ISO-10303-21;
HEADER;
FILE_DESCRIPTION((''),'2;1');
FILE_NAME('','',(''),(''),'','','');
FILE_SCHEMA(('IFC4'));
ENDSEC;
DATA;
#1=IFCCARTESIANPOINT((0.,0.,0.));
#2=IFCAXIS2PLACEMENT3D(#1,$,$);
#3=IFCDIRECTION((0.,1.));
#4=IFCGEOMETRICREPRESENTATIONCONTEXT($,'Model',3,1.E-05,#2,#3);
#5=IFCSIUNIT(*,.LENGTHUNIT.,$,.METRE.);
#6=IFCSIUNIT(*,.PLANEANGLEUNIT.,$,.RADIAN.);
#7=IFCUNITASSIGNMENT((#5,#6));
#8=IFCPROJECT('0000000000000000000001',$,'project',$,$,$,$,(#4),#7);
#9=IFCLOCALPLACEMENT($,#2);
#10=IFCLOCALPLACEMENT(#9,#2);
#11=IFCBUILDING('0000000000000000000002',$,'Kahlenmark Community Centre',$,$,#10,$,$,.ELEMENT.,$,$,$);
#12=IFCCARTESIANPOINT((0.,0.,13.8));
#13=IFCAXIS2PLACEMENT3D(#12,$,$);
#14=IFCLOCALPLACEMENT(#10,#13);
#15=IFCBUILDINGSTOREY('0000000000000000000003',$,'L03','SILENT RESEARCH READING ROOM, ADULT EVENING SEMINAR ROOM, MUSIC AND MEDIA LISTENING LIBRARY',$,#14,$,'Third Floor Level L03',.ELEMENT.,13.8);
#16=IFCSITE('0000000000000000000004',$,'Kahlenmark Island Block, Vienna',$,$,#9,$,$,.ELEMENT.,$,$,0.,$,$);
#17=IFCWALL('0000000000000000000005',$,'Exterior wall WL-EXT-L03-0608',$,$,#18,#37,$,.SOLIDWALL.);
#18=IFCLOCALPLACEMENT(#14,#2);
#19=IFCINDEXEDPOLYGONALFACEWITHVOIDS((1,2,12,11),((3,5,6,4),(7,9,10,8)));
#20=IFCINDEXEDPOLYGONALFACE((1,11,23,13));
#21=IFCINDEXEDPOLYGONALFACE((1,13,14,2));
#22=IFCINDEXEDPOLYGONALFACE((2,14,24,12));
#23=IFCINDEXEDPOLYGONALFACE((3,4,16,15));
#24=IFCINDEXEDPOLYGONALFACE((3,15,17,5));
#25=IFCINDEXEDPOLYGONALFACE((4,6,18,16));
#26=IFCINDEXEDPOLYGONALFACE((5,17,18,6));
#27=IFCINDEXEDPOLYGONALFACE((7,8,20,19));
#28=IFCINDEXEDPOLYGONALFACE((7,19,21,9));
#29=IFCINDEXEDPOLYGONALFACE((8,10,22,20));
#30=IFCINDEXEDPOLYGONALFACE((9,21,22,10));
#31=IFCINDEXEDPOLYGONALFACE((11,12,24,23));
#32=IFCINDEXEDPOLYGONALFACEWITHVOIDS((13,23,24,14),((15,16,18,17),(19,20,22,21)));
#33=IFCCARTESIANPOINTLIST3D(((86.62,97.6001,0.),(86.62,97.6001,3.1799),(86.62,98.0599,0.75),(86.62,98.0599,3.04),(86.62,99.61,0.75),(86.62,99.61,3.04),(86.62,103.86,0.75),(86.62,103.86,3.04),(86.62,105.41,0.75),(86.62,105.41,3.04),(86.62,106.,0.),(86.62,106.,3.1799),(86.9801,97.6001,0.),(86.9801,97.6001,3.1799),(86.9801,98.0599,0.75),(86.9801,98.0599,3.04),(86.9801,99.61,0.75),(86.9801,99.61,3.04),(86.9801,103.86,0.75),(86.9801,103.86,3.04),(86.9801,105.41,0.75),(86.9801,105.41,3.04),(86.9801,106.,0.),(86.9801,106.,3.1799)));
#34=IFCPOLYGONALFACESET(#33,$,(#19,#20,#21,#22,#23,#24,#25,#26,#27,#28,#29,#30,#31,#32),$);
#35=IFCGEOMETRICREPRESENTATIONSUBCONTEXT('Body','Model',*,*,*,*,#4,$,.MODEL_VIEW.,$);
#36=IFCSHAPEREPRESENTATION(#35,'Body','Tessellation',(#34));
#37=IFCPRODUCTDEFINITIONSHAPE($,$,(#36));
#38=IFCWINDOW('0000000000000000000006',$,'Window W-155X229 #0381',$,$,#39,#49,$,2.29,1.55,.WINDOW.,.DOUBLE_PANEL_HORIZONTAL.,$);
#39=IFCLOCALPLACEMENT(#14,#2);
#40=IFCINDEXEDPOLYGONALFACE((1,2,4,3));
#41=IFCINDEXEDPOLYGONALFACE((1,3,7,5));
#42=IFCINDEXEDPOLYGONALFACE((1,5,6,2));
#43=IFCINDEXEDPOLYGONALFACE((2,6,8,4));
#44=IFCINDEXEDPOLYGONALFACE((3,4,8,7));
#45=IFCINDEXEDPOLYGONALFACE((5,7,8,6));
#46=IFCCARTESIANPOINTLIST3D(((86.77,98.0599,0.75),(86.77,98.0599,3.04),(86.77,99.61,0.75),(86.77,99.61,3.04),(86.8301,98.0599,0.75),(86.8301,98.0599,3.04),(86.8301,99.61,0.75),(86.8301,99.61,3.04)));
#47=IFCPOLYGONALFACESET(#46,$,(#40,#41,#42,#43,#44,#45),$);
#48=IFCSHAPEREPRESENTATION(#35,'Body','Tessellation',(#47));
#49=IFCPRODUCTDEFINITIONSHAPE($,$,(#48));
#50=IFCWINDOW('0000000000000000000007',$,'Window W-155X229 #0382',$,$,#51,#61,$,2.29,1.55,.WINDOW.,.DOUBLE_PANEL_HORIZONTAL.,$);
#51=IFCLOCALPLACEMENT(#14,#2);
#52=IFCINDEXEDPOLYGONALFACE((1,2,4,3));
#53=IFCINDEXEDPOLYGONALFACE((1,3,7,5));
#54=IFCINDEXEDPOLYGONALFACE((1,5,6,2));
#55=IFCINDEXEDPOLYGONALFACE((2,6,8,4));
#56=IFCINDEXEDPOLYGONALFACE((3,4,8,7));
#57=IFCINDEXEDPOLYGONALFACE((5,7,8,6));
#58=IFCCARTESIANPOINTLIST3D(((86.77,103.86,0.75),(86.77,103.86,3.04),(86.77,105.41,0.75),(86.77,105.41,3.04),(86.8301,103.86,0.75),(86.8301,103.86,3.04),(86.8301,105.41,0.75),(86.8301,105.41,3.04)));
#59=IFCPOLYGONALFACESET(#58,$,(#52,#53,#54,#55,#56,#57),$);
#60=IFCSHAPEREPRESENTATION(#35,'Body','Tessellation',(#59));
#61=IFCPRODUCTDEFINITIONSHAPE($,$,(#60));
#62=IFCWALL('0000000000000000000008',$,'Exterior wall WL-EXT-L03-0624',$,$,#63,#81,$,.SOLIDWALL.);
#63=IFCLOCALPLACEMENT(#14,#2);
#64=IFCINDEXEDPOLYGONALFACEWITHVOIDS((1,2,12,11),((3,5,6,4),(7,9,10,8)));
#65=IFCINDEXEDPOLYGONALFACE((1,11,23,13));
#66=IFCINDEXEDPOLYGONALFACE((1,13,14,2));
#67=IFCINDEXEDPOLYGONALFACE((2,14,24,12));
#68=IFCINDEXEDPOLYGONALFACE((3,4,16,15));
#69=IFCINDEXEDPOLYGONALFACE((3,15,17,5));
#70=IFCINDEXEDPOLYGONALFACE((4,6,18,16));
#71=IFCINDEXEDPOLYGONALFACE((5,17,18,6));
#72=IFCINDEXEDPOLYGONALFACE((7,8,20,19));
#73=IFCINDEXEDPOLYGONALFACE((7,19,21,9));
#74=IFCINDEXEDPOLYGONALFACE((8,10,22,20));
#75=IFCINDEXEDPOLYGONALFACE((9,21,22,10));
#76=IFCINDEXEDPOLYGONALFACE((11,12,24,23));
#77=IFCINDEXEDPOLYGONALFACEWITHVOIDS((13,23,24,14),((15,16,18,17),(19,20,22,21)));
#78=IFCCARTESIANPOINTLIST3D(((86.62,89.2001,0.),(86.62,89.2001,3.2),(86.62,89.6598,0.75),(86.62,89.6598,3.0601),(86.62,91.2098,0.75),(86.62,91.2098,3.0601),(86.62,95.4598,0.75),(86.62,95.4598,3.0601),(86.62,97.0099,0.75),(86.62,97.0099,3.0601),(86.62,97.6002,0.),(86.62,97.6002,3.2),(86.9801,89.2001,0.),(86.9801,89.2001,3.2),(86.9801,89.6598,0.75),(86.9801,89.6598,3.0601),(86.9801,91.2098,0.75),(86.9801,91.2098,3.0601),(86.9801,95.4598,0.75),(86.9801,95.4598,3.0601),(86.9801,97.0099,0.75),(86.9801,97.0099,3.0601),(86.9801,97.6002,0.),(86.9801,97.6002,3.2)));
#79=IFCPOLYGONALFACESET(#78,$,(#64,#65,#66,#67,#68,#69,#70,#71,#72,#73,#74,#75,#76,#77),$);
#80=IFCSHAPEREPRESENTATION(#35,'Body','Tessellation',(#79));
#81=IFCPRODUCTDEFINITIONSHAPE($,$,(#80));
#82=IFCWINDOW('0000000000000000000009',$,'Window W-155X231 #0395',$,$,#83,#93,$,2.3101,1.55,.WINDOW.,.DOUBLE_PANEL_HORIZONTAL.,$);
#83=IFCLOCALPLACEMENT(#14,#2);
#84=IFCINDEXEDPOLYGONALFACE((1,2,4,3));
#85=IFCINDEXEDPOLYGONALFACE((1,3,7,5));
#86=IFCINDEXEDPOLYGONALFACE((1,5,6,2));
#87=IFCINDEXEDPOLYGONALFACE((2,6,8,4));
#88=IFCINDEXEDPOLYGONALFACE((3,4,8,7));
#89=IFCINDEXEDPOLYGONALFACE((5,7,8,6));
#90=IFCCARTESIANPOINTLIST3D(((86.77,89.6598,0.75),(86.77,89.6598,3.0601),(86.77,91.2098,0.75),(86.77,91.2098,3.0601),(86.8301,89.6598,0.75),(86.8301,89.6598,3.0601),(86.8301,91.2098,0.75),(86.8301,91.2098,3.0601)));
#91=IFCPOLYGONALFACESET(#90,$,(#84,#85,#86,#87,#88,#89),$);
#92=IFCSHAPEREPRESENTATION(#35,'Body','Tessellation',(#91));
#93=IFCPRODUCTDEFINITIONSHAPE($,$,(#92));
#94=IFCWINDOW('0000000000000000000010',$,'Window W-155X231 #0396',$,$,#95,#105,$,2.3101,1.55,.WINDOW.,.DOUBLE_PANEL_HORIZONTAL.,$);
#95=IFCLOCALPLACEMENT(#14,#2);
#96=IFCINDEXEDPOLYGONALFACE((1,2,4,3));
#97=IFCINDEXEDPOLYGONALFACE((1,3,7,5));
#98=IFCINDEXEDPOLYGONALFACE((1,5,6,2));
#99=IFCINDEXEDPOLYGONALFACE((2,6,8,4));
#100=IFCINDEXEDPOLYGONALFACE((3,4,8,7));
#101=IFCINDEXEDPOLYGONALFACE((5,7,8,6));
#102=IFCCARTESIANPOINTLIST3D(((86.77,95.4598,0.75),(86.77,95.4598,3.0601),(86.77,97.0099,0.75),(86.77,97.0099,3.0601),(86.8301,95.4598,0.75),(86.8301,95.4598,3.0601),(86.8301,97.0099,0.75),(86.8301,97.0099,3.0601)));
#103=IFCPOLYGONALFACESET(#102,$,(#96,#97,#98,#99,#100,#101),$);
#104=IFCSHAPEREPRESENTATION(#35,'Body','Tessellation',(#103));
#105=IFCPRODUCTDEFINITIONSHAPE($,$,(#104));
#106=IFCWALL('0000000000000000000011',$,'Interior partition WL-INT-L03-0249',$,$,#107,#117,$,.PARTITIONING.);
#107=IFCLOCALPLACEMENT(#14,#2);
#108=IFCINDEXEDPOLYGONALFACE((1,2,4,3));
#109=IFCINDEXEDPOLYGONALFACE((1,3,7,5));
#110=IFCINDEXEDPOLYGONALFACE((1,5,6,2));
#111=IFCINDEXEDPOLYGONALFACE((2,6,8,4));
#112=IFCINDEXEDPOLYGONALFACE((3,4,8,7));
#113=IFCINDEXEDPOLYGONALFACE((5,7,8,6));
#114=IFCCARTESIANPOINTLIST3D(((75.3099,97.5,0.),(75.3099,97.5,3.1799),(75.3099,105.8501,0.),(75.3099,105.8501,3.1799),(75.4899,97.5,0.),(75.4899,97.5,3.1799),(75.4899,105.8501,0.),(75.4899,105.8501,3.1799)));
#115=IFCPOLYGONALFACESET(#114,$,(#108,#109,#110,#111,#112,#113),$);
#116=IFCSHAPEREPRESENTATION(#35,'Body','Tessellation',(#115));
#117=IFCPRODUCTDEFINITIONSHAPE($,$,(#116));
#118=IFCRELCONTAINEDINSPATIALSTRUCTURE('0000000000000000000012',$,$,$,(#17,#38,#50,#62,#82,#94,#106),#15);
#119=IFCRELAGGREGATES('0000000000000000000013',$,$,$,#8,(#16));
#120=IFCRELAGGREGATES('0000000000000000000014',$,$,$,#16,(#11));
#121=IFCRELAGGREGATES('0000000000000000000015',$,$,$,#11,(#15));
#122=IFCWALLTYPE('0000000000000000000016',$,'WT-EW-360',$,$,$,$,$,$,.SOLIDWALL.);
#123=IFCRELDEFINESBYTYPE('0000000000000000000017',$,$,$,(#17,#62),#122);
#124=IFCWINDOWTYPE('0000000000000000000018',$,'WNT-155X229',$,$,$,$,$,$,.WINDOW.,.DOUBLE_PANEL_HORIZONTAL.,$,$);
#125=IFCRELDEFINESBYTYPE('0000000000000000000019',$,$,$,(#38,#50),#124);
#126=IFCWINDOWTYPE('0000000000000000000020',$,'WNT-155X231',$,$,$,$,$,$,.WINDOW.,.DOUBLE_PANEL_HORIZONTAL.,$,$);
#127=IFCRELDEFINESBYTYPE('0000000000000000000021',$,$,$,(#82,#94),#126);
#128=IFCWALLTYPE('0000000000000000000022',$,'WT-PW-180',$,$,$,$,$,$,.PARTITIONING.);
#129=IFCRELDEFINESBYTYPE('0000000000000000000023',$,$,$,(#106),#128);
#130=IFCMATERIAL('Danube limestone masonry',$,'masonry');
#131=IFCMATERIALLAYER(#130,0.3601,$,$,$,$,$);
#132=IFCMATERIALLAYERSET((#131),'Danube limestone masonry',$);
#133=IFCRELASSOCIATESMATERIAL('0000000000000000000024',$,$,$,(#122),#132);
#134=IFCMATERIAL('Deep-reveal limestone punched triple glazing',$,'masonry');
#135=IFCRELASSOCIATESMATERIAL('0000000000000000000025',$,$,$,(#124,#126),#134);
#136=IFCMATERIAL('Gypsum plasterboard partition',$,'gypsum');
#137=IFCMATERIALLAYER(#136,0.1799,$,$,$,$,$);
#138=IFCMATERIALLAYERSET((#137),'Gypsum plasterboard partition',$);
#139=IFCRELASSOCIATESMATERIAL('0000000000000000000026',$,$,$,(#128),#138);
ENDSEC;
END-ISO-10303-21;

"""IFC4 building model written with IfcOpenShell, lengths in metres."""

from ifc_helpers import new_model, si_unit, direction, frame, frame_2d, origin, place, context, subcontext, project, spatial, rectangle, extrude, material, layer, layer_set, type_object, element, fill, save


model = new_model("IFC4")

# Units and contexts
model_context = context("Model", 3, precision=1e-05, world=origin(), true_north=direction((0.0, 1.0)))
body_context = subcontext(model_context, "Body", "Model", "MODEL_VIEW")
ifc_project = project(units=[si_unit("LENGTHUNIT", "METRE"), si_unit("PLANEANGLEUNIT", "RADIAN")], contexts=[model_context])

# Site, building, storey
site_placement = place(None, origin())
site = spatial("IfcSite", under=ifc_project, at=site_placement, Name="Kahlenmark Island Block, Vienna", CompositionType="ELEMENT", RefElevation=0.0)
building_placement = place(site_placement, origin())
building = spatial("IfcBuilding", under=site, at=building_placement, Name="Kahlenmark Community Centre", CompositionType="ELEMENT")
storey_placement = place(building_placement, frame((0.0, 0.0, 13.8)))
storey = spatial("IfcBuildingStorey", under=building, at=storey_placement, Name="L03", Description="SILENT RESEARCH READING ROOM, ADULT EVENING SEMINAR ROOM, MUSIC AND MEDIA LISTENING LIBRARY", LongName="Third Floor Level L03", CompositionType="ELEMENT", Elevation=13.8)

# Walls, openings, windows
ifc_material_1 = material(Name="Danube limestone masonry", Category="masonry")
ifc_layer_1 = layer(ifc_material_1, 0.3601)
ifc_layer_set_1 = layer_set([ifc_layer_1], Name="Danube limestone masonry")
wall_type_1 = type_object("IfcWallType", Name="WT-EW-360", PredefinedType="SOLIDWALL", material=ifc_layer_set_1)
wall_1_placement = place(storey_placement, frame((86.8, 97.6001, 0.0), z_axis=(0.0, 0.0, 1.0), x_axis=(0.0, 1.0, 0.0)))
wall_1 = element("IfcWall", 1, at=wall_1_placement, inside=storey, type_object=wall_type_1, Name="Exterior wall WL-EXT-L03-0608", PredefinedType="SOLIDWALL", context=body_context, shape_type="SweptSolid", body=[
    extrude(rectangle(XDim=8.3999, YDim=0.3601, at=frame_2d((4.2, 0.0))), origin(), (0.0, 0.0, 1.0), 3.1799),
])
opening_1_placement = place(wall_1_placement, frame((0.46, 0.0, 0.75)))
opening_1 = element("IfcOpeningElement", 2, at=opening_1_placement, cuts=wall_1, PredefinedType="OPENING", context=body_context, shape_type="SweptSolid", body=[
    extrude(rectangle(XDim=1.55, YDim=2.29, at=frame_2d((0.7749, 1.145))), frame((0.0, 0.1899, 0.0), z_axis=(0.0, -1.0, 0.0), x_axis=(1.0, 0.0, 0.0)), (0.0, 0.0, 1.0), 0.3801),
])
opening_2_placement = place(wall_1_placement, frame((6.26, 0.0, 0.75)))
opening_2 = element("IfcOpeningElement", 3, at=opening_2_placement, cuts=wall_1, PredefinedType="OPENING", context=body_context, shape_type="SweptSolid", body=[
    extrude(rectangle(XDim=1.55, YDim=2.29, at=frame_2d((0.7749, 1.145))), frame((0.0, 0.1899, 0.0), z_axis=(0.0, -1.0, 0.0), x_axis=(1.0, 0.0, 0.0)), (0.0, 0.0, 1.0), 0.3801),
])
ifc_material_2 = material(Name="Deep-reveal limestone punched triple glazing", Category="masonry")
window_type_1 = type_object("IfcWindowType", Name="WNT-155X229", PartitioningType="DOUBLE_PANEL_HORIZONTAL", PredefinedType="WINDOW", material=ifc_material_2)
window_1_placement = place(opening_1_placement, origin())
window_1 = element("IfcWindow", 4, at=window_1_placement, inside=storey, type_object=window_type_1, Name="Window W-155X229 #0381", OverallHeight=2.29, OverallWidth=1.55, PartitioningType="DOUBLE_PANEL_HORIZONTAL", PredefinedType="WINDOW", context=body_context, shape_type="SweptSolid", body=[
    extrude(rectangle(XDim=1.55, YDim=2.29, at=frame_2d((0.7749, 1.145))), frame((0.0, 0.03, 0.0), z_axis=(0.0, -1.0, 0.0), x_axis=(1.0, 0.0, 0.0)), (0.0, 0.0, 1.0), 0.0601),
])
fill(opening_1, window_1)
window_2_placement = place(opening_2_placement, origin())
window_2 = element("IfcWindow", 5, at=window_2_placement, inside=storey, type_object=window_type_1, Name="Window W-155X229 #0382", OverallHeight=2.29, OverallWidth=1.55, PartitioningType="DOUBLE_PANEL_HORIZONTAL", PredefinedType="WINDOW", context=body_context, shape_type="SweptSolid", body=[
    extrude(rectangle(XDim=1.55, YDim=2.29, at=frame_2d((0.7749, 1.145))), frame((0.0, 0.03, 0.0), z_axis=(0.0, -1.0, 0.0), x_axis=(1.0, 0.0, 0.0)), (0.0, 0.0, 1.0), 0.0601),
])
fill(opening_2, window_2)
wall_2_placement = place(storey_placement, frame((86.8, 89.2, 0.0), z_axis=(0.0, 0.0, 1.0), x_axis=(0.0, 1.0, 0.0)))
wall_2 = element("IfcWall", 6, at=wall_2_placement, inside=storey, type_object=wall_type_1, Name="Exterior wall WL-EXT-L03-0624", PredefinedType="SOLIDWALL", context=body_context, shape_type="SweptSolid", body=[
    extrude(rectangle(XDim=8.4001, YDim=0.3601, at=frame_2d((4.2002, 0.0))), origin(), (0.0, 0.0, 1.0), 3.2),
])
opening_3_placement = place(wall_2_placement, frame((0.46, 0.0, 0.75)))
opening_3 = element("IfcOpeningElement", 7, at=opening_3_placement, cuts=wall_2, PredefinedType="OPENING", context=body_context, shape_type="SweptSolid", body=[
    extrude(rectangle(XDim=1.55, YDim=2.3101, at=frame_2d((0.7749, 1.155))), frame((0.0, 0.1899, 0.0), z_axis=(0.0, -1.0, 0.0), x_axis=(1.0, 0.0, 0.0)), (0.0, 0.0, 1.0), 0.3801),
])
opening_4_placement = place(wall_2_placement, frame((6.26, 0.0, 0.75)))
opening_4 = element("IfcOpeningElement", 8, at=opening_4_placement, cuts=wall_2, PredefinedType="OPENING", context=body_context, shape_type="SweptSolid", body=[
    extrude(rectangle(XDim=1.55, YDim=2.3101, at=frame_2d((0.7749, 1.155))), frame((0.0, 0.1899, 0.0), z_axis=(0.0, -1.0, 0.0), x_axis=(1.0, 0.0, 0.0)), (0.0, 0.0, 1.0), 0.3801),
])
window_type_2 = type_object("IfcWindowType", Name="WNT-155X231", PartitioningType="DOUBLE_PANEL_HORIZONTAL", PredefinedType="WINDOW", material=ifc_material_2)
window_3_placement = place(opening_3_placement, origin())
window_3 = element("IfcWindow", 9, at=window_3_placement, inside=storey, type_object=window_type_2, Name="Window W-155X231 #0395", OverallHeight=2.3101, OverallWidth=1.55, PartitioningType="DOUBLE_PANEL_HORIZONTAL", PredefinedType="WINDOW", context=body_context, shape_type="SweptSolid", body=[
    extrude(rectangle(XDim=1.55, YDim=2.3101, at=frame_2d((0.7749, 1.155))), frame((0.0, 0.03, 0.0), z_axis=(0.0, -1.0, 0.0), x_axis=(1.0, 0.0, 0.0)), (0.0, 0.0, 1.0), 0.0601),
])
fill(opening_3, window_3)
window_4_placement = place(opening_4_placement, origin())
window_4 = element("IfcWindow", 10, at=window_4_placement, inside=storey, type_object=window_type_2, Name="Window W-155X231 #0396", OverallHeight=2.3101, OverallWidth=1.55, PartitioningType="DOUBLE_PANEL_HORIZONTAL", PredefinedType="WINDOW", context=body_context, shape_type="SweptSolid", body=[
    extrude(rectangle(XDim=1.55, YDim=2.3101, at=frame_2d((0.7749, 1.155))), frame((0.0, 0.03, 0.0), z_axis=(0.0, -1.0, 0.0), x_axis=(1.0, 0.0, 0.0)), (0.0, 0.0, 1.0), 0.0601),
])
fill(opening_4, window_4)

# Wall
ifc_material_3 = material(Name="Gypsum plasterboard partition", Category="gypsum")
ifc_layer_2 = layer(ifc_material_3, 0.1799)
ifc_layer_set_2 = layer_set([ifc_layer_2], Name="Gypsum plasterboard partition")
wall_type_2 = type_object("IfcWallType", Name="WT-PW-180", PredefinedType="PARTITIONING", material=ifc_layer_set_2)
wall_3_placement = place(storey_placement, frame((75.3999, 97.5, 0.0), z_axis=(0.0, 0.0, 1.0), x_axis=(0.0, 1.0, 0.0)))
element("IfcWall", 11, at=wall_3_placement, inside=storey, type_object=wall_type_2, Name="Interior partition WL-INT-L03-0249", PredefinedType="PARTITIONING", context=body_context, shape_type="SweptSolid", body=[
    extrude(rectangle(XDim=8.3501, YDim=0.1799, at=frame_2d((4.175, 0.0))), origin(), (0.0, 0.0, 1.0), 3.1799),
])

save(model, "model.ifc")
